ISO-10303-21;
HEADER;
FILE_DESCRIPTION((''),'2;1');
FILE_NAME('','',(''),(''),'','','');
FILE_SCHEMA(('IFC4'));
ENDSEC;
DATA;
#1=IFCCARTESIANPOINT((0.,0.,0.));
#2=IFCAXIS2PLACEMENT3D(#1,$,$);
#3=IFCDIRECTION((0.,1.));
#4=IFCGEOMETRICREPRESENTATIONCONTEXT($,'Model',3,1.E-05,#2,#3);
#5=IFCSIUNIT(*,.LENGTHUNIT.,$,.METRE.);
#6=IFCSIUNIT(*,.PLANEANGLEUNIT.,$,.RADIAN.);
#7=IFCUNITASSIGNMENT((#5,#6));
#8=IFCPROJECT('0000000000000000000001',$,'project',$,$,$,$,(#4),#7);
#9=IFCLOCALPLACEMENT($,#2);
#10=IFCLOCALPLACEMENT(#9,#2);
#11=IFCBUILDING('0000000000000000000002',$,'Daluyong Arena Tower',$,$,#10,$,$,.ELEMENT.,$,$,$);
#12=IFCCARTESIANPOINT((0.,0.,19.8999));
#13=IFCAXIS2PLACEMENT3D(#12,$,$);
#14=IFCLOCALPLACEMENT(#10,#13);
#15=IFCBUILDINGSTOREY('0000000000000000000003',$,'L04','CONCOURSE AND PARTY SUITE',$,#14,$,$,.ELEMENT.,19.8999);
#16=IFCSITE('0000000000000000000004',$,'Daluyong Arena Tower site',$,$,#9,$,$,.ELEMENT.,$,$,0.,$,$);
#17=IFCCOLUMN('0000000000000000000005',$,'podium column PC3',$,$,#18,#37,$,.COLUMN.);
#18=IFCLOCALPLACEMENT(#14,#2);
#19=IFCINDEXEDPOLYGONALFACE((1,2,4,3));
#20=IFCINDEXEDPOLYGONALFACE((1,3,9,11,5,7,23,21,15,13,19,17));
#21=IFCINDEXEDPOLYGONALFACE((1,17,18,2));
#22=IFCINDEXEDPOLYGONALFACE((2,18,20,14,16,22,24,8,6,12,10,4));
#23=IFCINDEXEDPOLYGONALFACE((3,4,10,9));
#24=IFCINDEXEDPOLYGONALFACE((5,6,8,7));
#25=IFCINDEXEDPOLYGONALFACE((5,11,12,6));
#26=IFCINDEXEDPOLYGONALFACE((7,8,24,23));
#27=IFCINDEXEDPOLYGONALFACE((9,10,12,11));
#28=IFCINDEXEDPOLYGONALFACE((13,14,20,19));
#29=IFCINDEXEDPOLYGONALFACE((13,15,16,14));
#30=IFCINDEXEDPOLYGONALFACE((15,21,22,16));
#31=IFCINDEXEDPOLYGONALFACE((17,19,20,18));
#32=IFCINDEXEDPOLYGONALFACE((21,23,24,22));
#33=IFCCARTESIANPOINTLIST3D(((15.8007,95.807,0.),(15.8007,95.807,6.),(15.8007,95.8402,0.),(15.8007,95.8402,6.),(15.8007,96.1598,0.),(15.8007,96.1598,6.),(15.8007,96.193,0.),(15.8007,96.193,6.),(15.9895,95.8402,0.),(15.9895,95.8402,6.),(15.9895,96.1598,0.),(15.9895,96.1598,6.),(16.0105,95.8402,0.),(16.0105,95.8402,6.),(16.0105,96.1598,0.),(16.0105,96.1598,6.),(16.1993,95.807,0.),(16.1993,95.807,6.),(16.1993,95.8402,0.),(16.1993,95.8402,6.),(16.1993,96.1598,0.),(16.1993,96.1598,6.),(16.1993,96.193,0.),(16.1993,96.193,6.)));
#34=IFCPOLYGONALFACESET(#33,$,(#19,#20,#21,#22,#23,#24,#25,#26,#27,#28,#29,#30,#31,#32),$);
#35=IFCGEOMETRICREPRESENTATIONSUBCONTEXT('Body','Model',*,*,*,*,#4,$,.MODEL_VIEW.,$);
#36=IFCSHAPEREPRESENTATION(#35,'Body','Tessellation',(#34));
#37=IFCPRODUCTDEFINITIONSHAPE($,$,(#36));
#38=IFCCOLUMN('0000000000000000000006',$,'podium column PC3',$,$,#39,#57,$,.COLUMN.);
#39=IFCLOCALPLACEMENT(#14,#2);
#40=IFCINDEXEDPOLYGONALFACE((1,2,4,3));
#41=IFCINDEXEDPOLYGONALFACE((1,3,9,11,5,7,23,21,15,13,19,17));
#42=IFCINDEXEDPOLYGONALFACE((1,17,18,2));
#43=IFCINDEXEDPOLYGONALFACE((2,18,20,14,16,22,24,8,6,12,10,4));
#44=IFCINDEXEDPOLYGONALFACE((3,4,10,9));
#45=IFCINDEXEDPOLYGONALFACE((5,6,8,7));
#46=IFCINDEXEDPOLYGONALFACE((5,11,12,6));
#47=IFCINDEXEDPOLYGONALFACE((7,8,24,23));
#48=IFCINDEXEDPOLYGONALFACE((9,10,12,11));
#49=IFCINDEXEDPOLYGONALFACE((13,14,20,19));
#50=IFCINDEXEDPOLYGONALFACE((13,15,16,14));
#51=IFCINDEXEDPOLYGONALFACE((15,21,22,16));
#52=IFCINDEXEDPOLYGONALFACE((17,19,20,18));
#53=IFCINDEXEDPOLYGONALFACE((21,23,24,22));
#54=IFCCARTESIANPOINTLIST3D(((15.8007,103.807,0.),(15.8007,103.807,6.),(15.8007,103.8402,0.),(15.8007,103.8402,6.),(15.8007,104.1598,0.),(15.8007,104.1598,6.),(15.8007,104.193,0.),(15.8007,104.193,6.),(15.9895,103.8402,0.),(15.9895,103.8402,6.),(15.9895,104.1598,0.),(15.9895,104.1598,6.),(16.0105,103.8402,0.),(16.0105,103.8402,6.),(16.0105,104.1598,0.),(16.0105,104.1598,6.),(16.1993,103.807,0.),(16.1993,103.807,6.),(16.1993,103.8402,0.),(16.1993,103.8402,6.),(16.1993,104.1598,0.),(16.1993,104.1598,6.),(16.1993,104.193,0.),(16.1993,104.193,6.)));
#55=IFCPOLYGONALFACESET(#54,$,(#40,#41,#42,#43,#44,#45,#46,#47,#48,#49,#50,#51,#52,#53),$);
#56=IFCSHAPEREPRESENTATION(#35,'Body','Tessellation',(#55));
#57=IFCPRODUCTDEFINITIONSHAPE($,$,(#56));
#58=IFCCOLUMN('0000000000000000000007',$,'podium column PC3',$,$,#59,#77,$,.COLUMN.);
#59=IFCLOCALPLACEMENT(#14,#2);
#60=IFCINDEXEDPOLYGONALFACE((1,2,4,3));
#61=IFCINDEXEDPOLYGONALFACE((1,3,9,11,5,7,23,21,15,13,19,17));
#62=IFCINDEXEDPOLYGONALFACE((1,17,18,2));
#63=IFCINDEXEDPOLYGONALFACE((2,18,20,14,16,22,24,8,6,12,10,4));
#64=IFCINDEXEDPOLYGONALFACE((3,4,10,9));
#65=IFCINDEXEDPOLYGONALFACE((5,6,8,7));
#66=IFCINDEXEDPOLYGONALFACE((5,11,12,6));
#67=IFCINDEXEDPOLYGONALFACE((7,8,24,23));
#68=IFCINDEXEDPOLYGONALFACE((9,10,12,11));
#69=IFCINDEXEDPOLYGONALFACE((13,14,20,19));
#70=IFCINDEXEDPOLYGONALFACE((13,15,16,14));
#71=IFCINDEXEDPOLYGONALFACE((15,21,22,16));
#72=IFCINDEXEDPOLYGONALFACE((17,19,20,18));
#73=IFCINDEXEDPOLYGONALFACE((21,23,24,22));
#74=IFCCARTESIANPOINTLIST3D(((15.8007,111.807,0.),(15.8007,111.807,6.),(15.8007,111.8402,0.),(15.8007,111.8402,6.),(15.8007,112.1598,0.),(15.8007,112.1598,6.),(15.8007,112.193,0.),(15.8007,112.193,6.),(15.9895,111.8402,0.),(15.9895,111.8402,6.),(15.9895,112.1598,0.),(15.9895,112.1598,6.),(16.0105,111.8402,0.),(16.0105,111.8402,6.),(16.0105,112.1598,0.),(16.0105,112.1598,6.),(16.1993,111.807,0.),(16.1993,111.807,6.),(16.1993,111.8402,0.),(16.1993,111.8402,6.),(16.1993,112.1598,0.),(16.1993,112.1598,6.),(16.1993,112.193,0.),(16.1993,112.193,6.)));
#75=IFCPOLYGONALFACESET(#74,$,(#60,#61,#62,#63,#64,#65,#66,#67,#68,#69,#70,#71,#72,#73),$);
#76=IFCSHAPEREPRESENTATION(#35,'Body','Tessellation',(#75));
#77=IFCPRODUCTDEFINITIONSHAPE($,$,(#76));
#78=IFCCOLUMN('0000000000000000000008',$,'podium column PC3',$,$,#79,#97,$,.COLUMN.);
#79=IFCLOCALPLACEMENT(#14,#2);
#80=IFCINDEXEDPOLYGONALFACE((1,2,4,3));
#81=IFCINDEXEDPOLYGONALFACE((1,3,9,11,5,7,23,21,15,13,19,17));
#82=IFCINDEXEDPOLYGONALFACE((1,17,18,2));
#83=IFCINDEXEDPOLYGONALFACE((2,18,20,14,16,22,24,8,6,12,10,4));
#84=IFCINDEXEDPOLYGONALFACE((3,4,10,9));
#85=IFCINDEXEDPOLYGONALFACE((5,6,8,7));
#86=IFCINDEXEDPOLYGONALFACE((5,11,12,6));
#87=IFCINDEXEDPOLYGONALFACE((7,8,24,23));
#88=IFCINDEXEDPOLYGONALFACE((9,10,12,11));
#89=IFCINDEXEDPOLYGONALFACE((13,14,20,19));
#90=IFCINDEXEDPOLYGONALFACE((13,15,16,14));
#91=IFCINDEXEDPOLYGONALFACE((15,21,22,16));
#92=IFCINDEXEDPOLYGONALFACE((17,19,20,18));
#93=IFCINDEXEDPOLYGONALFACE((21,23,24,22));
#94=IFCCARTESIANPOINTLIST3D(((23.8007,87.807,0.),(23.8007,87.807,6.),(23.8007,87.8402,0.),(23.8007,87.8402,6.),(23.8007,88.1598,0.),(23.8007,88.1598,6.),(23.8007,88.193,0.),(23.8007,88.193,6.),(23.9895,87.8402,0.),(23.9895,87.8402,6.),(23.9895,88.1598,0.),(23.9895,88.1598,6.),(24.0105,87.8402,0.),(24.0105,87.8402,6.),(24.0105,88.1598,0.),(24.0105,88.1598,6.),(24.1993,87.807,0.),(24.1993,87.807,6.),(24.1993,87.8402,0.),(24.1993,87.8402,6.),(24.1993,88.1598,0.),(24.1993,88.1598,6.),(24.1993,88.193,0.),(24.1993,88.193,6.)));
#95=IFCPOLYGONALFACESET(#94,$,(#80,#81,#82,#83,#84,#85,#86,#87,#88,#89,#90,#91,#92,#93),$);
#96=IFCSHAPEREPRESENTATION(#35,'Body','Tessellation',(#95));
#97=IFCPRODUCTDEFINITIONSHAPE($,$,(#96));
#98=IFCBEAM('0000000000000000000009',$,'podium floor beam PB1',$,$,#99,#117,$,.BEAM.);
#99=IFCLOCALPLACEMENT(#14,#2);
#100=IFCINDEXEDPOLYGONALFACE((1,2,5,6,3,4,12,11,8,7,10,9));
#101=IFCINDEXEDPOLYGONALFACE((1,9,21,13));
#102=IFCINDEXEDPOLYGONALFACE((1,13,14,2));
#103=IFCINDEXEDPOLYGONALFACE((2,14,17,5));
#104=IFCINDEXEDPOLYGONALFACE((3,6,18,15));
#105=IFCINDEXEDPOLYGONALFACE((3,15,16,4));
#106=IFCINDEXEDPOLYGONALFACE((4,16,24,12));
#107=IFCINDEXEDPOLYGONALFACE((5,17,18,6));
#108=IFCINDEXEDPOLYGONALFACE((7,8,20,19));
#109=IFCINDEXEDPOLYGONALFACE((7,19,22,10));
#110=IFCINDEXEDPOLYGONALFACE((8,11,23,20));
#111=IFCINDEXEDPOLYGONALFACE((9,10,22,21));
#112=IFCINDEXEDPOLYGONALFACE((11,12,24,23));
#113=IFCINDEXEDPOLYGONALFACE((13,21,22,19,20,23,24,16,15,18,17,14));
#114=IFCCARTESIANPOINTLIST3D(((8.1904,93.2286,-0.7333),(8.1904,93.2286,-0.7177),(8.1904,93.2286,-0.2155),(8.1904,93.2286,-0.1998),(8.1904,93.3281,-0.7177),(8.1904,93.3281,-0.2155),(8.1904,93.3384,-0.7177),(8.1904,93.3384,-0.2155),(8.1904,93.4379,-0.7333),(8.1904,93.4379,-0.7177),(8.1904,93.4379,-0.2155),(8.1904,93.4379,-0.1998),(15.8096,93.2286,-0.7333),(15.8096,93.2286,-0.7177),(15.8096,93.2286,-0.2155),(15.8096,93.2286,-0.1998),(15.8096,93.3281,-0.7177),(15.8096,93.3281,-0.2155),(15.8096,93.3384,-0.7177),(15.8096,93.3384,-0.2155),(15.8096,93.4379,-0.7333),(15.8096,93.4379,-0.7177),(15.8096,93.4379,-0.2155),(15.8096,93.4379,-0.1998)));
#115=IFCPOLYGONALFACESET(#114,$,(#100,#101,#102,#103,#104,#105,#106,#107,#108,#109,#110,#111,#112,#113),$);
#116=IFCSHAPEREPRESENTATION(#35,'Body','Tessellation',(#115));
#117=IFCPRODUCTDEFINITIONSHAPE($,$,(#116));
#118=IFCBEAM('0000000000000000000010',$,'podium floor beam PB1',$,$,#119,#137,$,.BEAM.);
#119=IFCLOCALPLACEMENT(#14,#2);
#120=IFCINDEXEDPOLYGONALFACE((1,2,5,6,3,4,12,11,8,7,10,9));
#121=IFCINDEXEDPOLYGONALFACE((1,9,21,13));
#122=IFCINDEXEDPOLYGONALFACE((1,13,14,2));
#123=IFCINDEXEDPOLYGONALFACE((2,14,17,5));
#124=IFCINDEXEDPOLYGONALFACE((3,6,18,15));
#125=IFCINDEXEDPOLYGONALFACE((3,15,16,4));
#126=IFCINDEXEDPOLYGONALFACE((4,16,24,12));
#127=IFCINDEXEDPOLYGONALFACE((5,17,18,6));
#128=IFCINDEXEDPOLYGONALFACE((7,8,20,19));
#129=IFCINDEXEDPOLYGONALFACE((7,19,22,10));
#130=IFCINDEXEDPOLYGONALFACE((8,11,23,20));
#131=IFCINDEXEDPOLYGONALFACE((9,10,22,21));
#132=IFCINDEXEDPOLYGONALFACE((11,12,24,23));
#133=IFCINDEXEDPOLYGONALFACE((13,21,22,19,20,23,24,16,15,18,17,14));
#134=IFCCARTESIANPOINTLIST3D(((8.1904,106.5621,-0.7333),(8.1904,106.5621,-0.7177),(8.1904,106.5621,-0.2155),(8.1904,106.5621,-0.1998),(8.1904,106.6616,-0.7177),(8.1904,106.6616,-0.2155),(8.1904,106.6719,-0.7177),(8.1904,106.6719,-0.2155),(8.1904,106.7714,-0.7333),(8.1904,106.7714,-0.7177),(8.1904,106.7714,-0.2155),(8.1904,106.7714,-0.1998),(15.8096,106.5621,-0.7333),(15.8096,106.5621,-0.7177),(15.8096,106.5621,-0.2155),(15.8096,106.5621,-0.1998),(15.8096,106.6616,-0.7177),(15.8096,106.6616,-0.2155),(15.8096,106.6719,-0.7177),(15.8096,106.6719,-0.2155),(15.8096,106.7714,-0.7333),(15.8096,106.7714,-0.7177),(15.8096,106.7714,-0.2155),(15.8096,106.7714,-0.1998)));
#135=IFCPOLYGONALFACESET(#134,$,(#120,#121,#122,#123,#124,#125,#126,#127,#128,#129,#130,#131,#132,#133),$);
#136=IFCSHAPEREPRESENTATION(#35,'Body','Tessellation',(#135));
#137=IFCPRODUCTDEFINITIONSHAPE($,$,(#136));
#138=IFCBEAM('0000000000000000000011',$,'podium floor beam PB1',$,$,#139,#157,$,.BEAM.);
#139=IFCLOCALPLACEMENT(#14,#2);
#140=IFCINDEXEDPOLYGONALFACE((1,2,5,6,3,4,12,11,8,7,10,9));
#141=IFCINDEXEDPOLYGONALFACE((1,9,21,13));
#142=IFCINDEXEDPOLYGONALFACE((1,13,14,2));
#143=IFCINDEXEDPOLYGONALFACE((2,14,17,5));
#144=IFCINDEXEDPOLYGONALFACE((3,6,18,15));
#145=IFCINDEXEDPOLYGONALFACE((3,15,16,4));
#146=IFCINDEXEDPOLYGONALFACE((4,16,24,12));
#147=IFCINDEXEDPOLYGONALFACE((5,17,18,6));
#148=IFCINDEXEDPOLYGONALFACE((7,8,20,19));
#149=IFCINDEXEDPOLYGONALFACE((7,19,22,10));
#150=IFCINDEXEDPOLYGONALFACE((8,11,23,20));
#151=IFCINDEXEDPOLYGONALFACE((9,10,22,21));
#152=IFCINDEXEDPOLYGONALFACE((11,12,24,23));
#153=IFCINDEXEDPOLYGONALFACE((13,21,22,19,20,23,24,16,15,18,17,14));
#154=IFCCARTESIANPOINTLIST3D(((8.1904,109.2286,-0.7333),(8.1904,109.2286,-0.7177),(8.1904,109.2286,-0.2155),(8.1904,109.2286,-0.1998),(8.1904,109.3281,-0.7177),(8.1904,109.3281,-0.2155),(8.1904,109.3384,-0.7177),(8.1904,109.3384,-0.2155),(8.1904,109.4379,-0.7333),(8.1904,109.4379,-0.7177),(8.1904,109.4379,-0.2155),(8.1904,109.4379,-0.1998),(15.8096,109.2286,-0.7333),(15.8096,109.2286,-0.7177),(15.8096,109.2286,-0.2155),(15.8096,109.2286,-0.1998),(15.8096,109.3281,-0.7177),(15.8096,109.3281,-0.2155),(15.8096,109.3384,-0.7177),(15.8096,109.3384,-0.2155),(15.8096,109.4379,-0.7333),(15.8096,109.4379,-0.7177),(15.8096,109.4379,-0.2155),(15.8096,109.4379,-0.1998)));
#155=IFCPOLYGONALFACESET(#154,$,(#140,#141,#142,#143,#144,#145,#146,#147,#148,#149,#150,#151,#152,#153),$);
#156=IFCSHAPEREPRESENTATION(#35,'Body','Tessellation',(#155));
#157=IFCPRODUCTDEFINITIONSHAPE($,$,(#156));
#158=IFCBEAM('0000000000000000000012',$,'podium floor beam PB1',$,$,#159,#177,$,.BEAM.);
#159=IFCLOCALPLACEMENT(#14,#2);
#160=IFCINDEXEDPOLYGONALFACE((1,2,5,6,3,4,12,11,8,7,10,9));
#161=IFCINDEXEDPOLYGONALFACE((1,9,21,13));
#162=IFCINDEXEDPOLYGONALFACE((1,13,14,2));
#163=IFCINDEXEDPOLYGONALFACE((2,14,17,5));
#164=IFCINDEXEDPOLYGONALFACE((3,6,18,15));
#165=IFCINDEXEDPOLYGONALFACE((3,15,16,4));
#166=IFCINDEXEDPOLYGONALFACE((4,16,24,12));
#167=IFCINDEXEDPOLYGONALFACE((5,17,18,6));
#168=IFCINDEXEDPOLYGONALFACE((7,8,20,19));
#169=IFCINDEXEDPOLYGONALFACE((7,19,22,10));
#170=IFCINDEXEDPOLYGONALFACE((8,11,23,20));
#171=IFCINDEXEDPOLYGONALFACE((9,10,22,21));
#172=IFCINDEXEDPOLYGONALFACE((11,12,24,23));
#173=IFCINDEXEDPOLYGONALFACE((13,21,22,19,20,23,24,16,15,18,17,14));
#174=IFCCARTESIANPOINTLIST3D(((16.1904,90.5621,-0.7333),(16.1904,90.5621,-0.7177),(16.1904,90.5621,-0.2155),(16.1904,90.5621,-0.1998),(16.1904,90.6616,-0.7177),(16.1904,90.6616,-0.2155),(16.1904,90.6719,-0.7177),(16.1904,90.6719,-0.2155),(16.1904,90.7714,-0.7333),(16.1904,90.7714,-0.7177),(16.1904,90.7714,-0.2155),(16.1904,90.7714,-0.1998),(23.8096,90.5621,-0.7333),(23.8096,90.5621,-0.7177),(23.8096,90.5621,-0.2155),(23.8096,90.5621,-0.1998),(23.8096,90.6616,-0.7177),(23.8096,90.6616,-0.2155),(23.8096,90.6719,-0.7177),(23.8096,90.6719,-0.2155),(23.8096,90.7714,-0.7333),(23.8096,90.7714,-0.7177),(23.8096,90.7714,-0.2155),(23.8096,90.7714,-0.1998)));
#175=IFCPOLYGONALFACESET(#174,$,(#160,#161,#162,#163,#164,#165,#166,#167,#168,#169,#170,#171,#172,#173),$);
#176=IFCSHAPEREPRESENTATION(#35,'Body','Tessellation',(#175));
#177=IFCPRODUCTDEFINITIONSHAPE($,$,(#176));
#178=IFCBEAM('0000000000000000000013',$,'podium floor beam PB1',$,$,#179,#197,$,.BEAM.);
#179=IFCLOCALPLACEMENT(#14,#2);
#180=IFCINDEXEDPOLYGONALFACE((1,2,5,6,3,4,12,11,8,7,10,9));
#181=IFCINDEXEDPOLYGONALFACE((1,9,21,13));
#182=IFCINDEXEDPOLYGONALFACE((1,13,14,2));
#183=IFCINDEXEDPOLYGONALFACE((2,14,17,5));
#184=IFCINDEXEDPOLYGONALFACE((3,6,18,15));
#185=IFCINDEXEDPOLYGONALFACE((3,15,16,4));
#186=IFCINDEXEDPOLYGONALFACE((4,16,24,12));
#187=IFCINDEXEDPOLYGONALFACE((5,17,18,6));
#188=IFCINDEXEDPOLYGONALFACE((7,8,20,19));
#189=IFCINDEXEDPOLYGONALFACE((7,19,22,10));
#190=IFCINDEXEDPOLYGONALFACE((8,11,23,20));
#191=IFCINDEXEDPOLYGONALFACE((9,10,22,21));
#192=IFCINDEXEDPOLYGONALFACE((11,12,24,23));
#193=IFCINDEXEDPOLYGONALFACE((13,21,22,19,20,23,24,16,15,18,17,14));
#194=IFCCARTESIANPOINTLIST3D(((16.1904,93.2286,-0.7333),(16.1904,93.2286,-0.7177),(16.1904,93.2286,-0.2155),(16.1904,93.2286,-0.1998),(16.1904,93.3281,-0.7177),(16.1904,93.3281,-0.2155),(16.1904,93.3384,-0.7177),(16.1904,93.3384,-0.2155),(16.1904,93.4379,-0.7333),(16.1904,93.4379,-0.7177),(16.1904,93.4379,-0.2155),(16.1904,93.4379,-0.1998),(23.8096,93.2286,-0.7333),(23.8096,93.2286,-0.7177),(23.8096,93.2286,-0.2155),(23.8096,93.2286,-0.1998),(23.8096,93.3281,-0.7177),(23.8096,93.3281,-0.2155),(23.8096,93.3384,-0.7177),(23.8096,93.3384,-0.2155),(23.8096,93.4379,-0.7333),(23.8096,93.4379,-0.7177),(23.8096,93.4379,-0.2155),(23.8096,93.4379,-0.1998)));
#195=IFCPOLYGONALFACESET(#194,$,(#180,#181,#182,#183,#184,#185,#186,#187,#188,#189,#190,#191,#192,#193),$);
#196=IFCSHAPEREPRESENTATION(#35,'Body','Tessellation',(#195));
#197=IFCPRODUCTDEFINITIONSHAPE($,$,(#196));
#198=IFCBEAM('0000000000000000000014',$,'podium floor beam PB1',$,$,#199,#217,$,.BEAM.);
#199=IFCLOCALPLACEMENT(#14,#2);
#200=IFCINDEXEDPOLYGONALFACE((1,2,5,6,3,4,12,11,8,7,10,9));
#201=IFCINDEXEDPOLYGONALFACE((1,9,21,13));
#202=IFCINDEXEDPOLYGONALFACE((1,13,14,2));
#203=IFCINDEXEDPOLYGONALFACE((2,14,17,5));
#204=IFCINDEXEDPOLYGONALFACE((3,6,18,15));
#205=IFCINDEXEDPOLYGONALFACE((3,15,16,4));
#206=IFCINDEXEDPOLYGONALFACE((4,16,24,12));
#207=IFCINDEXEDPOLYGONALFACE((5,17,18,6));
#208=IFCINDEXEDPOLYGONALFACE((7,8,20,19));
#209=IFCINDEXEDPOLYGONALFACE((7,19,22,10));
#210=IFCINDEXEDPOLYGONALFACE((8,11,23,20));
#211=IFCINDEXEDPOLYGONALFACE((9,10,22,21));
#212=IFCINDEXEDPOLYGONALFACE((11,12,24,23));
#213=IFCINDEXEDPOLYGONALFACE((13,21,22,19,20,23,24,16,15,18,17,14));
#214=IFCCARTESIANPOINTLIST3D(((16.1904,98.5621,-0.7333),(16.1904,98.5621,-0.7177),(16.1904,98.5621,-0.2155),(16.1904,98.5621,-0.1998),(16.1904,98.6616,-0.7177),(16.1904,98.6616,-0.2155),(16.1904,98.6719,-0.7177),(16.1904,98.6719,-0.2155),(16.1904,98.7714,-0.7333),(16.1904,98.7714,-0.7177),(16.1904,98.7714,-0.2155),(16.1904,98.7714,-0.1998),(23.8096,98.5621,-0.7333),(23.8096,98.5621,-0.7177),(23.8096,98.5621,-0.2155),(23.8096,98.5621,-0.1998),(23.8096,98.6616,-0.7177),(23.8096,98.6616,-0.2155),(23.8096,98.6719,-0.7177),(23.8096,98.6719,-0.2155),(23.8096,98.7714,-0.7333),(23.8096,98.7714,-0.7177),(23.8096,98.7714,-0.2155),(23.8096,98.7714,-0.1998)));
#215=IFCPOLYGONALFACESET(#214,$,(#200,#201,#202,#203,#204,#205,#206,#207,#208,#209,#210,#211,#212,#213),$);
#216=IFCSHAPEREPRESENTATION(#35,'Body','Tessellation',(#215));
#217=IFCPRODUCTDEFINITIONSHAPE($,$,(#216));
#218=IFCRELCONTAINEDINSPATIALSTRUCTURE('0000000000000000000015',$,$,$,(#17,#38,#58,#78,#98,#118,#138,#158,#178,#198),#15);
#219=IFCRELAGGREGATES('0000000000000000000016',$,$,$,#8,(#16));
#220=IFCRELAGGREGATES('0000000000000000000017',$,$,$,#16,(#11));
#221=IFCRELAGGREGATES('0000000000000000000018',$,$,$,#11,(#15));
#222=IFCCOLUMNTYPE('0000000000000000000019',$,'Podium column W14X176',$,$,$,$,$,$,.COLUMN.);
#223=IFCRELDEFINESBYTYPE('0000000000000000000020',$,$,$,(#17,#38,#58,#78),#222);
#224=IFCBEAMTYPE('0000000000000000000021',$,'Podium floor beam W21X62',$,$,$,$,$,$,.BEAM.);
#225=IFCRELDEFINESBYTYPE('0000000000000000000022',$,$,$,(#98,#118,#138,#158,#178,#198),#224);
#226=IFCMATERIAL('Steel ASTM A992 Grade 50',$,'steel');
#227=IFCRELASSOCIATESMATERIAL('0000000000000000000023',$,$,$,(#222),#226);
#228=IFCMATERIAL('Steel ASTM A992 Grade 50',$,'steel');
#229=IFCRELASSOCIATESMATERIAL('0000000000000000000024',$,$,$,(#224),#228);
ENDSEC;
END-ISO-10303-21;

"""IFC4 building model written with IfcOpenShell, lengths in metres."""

from ifc_helpers import new_model, si_unit, direction, frame, origin, origin_2d, place, context, subcontext, project, spatial, i_section, extrude, material, material_profile, profile_set, type_object, element, save


model = new_model("IFC4")

# Units and contexts
model_context = context("Model", 3, precision=1e-05, world=origin(), true_north=direction((0.0, 1.0)))
body_context = subcontext(model_context, "Body", "Model", "MODEL_VIEW")
ifc_project = project(units=[si_unit("LENGTHUNIT", "METRE"), si_unit("PLANEANGLEUNIT", "RADIAN")], contexts=[model_context])

# Site, building, storey
site_placement = place(None, origin())
site = spatial("IfcSite", under=ifc_project, at=site_placement, Name="Daluyong Arena Tower site", CompositionType="ELEMENT", RefElevation=0.0)
building_placement = place(site_placement, origin())
building = spatial("IfcBuilding", under=site, at=building_placement, Name="Daluyong Arena Tower", CompositionType="ELEMENT")
storey_placement = place(building_placement, frame((0.0, 0.0, 19.8999)))
storey = spatial("IfcBuildingStorey", under=building, at=storey_placement, Name="L04", Description="CONCOURSE AND PARTY SUITE", CompositionType="ELEMENT", Elevation=19.8999)

# Columns
ifc_material_1 = material(Name="Steel ASTM A992 Grade 50", Category="steel")
ifc_material_profile_1 = material_profile(ifc_material_1, i_section(OverallWidth=0.3987, OverallDepth=0.386, WebThickness=0.021, FlangeThickness=0.0332, at=origin_2d()))
ifc_profile_set_1 = profile_set([ifc_material_profile_1], Name="Steel ASTM A992 Grade 50")
column_type = type_object("IfcColumnType", Name="Podium column W14X176", PredefinedType="COLUMN", material=ifc_profile_set_1)
for number, where, z_axis, x_axis, name in (
    (1, (16.0, 96.0, 0.0), (0.0, 0.0, 1.0), (1.0, 0.0, 0.0), "podium column PC3"),
    (2, (16.0, 104.0, 0.0), (0.0, 0.0, 1.0), (1.0, 0.0, 0.0), "podium column PC3"),
    (3, (16.0, 112.0, 0.0), (0.0, 0.0, 1.0), (1.0, 0.0, 0.0), "podium column PC3"),
    (4, (24.0, 88.0, 0.0), (0.0, 0.0, 1.0), (1.0, 0.0, 0.0), "podium column PC3"),
):
    element("IfcColumn", number, at=place(storey_placement, frame(where, z_axis=z_axis, x_axis=x_axis)), inside=storey, type_object=column_type, Name=name, PredefinedType="COLUMN", context=body_context, shape_type="SweptSolid", body=[
        extrude(i_section(OverallWidth=0.3987, OverallDepth=0.386, WebThickness=0.021, FlangeThickness=0.0332, at=origin_2d()), origin(), (0.0, 0.0, 1.0), 6.0),
    ])

# Beams
ifc_material_2 = material(Name="Steel ASTM A992 Grade 50", Category="steel")
ifc_material_profile_2 = material_profile(ifc_material_2, i_section(OverallWidth=0.2092, OverallDepth=0.5334, WebThickness=0.0103, FlangeThickness=0.0156, at=origin_2d()))
ifc_profile_set_2 = profile_set([ifc_material_profile_2], Name="Steel ASTM A992 Grade 50")
beam_type_1 = type_object("IfcBeamType", Name="Podium floor beam W21X62", PredefinedType="BEAM", material=ifc_profile_set_2)
for number, where, z_axis, x_axis, name in (
    (5, (8.1904, 93.3333, -0.4666), (1.0, 0.0, 0.0), (0.0, 1.0, 0.0), "podium floor beam PB1"),
    (6, (8.1904, 106.6667, -0.4666), (1.0, 0.0, 0.0), (0.0, 1.0, 0.0), "podium floor beam PB1"),
    (7, (8.1904, 109.3333, -0.4666), (1.0, 0.0, 0.0), (0.0, 1.0, 0.0), "podium floor beam PB1"),
    (8, (16.1904, 90.6667, -0.4666), (1.0, 0.0, 0.0), (0.0, 1.0, 0.0), "podium floor beam PB1"),
    (9, (16.1904, 93.3333, -0.4666), (1.0, 0.0, 0.0), (0.0, 1.0, 0.0), "podium floor beam PB1"),
    (10, (16.1904, 98.6667, -0.4666), (1.0, 0.0, 0.0), (0.0, 1.0, 0.0), "podium floor beam PB1"),
):
    element("IfcBeam", number, at=place(storey_placement, frame(where, z_axis=z_axis, x_axis=x_axis)), inside=storey, type_object=beam_type_1, Name=name, PredefinedType="BEAM", context=body_context, shape_type="SweptSolid", body=[
        extrude(i_section(OverallWidth=0.2092, OverallDepth=0.5334, WebThickness=0.0103, FlangeThickness=0.0156, at=origin_2d()), origin(), (0.0, 0.0, 1.0), 7.6191),
    ])

save(model, "model.ifc")
